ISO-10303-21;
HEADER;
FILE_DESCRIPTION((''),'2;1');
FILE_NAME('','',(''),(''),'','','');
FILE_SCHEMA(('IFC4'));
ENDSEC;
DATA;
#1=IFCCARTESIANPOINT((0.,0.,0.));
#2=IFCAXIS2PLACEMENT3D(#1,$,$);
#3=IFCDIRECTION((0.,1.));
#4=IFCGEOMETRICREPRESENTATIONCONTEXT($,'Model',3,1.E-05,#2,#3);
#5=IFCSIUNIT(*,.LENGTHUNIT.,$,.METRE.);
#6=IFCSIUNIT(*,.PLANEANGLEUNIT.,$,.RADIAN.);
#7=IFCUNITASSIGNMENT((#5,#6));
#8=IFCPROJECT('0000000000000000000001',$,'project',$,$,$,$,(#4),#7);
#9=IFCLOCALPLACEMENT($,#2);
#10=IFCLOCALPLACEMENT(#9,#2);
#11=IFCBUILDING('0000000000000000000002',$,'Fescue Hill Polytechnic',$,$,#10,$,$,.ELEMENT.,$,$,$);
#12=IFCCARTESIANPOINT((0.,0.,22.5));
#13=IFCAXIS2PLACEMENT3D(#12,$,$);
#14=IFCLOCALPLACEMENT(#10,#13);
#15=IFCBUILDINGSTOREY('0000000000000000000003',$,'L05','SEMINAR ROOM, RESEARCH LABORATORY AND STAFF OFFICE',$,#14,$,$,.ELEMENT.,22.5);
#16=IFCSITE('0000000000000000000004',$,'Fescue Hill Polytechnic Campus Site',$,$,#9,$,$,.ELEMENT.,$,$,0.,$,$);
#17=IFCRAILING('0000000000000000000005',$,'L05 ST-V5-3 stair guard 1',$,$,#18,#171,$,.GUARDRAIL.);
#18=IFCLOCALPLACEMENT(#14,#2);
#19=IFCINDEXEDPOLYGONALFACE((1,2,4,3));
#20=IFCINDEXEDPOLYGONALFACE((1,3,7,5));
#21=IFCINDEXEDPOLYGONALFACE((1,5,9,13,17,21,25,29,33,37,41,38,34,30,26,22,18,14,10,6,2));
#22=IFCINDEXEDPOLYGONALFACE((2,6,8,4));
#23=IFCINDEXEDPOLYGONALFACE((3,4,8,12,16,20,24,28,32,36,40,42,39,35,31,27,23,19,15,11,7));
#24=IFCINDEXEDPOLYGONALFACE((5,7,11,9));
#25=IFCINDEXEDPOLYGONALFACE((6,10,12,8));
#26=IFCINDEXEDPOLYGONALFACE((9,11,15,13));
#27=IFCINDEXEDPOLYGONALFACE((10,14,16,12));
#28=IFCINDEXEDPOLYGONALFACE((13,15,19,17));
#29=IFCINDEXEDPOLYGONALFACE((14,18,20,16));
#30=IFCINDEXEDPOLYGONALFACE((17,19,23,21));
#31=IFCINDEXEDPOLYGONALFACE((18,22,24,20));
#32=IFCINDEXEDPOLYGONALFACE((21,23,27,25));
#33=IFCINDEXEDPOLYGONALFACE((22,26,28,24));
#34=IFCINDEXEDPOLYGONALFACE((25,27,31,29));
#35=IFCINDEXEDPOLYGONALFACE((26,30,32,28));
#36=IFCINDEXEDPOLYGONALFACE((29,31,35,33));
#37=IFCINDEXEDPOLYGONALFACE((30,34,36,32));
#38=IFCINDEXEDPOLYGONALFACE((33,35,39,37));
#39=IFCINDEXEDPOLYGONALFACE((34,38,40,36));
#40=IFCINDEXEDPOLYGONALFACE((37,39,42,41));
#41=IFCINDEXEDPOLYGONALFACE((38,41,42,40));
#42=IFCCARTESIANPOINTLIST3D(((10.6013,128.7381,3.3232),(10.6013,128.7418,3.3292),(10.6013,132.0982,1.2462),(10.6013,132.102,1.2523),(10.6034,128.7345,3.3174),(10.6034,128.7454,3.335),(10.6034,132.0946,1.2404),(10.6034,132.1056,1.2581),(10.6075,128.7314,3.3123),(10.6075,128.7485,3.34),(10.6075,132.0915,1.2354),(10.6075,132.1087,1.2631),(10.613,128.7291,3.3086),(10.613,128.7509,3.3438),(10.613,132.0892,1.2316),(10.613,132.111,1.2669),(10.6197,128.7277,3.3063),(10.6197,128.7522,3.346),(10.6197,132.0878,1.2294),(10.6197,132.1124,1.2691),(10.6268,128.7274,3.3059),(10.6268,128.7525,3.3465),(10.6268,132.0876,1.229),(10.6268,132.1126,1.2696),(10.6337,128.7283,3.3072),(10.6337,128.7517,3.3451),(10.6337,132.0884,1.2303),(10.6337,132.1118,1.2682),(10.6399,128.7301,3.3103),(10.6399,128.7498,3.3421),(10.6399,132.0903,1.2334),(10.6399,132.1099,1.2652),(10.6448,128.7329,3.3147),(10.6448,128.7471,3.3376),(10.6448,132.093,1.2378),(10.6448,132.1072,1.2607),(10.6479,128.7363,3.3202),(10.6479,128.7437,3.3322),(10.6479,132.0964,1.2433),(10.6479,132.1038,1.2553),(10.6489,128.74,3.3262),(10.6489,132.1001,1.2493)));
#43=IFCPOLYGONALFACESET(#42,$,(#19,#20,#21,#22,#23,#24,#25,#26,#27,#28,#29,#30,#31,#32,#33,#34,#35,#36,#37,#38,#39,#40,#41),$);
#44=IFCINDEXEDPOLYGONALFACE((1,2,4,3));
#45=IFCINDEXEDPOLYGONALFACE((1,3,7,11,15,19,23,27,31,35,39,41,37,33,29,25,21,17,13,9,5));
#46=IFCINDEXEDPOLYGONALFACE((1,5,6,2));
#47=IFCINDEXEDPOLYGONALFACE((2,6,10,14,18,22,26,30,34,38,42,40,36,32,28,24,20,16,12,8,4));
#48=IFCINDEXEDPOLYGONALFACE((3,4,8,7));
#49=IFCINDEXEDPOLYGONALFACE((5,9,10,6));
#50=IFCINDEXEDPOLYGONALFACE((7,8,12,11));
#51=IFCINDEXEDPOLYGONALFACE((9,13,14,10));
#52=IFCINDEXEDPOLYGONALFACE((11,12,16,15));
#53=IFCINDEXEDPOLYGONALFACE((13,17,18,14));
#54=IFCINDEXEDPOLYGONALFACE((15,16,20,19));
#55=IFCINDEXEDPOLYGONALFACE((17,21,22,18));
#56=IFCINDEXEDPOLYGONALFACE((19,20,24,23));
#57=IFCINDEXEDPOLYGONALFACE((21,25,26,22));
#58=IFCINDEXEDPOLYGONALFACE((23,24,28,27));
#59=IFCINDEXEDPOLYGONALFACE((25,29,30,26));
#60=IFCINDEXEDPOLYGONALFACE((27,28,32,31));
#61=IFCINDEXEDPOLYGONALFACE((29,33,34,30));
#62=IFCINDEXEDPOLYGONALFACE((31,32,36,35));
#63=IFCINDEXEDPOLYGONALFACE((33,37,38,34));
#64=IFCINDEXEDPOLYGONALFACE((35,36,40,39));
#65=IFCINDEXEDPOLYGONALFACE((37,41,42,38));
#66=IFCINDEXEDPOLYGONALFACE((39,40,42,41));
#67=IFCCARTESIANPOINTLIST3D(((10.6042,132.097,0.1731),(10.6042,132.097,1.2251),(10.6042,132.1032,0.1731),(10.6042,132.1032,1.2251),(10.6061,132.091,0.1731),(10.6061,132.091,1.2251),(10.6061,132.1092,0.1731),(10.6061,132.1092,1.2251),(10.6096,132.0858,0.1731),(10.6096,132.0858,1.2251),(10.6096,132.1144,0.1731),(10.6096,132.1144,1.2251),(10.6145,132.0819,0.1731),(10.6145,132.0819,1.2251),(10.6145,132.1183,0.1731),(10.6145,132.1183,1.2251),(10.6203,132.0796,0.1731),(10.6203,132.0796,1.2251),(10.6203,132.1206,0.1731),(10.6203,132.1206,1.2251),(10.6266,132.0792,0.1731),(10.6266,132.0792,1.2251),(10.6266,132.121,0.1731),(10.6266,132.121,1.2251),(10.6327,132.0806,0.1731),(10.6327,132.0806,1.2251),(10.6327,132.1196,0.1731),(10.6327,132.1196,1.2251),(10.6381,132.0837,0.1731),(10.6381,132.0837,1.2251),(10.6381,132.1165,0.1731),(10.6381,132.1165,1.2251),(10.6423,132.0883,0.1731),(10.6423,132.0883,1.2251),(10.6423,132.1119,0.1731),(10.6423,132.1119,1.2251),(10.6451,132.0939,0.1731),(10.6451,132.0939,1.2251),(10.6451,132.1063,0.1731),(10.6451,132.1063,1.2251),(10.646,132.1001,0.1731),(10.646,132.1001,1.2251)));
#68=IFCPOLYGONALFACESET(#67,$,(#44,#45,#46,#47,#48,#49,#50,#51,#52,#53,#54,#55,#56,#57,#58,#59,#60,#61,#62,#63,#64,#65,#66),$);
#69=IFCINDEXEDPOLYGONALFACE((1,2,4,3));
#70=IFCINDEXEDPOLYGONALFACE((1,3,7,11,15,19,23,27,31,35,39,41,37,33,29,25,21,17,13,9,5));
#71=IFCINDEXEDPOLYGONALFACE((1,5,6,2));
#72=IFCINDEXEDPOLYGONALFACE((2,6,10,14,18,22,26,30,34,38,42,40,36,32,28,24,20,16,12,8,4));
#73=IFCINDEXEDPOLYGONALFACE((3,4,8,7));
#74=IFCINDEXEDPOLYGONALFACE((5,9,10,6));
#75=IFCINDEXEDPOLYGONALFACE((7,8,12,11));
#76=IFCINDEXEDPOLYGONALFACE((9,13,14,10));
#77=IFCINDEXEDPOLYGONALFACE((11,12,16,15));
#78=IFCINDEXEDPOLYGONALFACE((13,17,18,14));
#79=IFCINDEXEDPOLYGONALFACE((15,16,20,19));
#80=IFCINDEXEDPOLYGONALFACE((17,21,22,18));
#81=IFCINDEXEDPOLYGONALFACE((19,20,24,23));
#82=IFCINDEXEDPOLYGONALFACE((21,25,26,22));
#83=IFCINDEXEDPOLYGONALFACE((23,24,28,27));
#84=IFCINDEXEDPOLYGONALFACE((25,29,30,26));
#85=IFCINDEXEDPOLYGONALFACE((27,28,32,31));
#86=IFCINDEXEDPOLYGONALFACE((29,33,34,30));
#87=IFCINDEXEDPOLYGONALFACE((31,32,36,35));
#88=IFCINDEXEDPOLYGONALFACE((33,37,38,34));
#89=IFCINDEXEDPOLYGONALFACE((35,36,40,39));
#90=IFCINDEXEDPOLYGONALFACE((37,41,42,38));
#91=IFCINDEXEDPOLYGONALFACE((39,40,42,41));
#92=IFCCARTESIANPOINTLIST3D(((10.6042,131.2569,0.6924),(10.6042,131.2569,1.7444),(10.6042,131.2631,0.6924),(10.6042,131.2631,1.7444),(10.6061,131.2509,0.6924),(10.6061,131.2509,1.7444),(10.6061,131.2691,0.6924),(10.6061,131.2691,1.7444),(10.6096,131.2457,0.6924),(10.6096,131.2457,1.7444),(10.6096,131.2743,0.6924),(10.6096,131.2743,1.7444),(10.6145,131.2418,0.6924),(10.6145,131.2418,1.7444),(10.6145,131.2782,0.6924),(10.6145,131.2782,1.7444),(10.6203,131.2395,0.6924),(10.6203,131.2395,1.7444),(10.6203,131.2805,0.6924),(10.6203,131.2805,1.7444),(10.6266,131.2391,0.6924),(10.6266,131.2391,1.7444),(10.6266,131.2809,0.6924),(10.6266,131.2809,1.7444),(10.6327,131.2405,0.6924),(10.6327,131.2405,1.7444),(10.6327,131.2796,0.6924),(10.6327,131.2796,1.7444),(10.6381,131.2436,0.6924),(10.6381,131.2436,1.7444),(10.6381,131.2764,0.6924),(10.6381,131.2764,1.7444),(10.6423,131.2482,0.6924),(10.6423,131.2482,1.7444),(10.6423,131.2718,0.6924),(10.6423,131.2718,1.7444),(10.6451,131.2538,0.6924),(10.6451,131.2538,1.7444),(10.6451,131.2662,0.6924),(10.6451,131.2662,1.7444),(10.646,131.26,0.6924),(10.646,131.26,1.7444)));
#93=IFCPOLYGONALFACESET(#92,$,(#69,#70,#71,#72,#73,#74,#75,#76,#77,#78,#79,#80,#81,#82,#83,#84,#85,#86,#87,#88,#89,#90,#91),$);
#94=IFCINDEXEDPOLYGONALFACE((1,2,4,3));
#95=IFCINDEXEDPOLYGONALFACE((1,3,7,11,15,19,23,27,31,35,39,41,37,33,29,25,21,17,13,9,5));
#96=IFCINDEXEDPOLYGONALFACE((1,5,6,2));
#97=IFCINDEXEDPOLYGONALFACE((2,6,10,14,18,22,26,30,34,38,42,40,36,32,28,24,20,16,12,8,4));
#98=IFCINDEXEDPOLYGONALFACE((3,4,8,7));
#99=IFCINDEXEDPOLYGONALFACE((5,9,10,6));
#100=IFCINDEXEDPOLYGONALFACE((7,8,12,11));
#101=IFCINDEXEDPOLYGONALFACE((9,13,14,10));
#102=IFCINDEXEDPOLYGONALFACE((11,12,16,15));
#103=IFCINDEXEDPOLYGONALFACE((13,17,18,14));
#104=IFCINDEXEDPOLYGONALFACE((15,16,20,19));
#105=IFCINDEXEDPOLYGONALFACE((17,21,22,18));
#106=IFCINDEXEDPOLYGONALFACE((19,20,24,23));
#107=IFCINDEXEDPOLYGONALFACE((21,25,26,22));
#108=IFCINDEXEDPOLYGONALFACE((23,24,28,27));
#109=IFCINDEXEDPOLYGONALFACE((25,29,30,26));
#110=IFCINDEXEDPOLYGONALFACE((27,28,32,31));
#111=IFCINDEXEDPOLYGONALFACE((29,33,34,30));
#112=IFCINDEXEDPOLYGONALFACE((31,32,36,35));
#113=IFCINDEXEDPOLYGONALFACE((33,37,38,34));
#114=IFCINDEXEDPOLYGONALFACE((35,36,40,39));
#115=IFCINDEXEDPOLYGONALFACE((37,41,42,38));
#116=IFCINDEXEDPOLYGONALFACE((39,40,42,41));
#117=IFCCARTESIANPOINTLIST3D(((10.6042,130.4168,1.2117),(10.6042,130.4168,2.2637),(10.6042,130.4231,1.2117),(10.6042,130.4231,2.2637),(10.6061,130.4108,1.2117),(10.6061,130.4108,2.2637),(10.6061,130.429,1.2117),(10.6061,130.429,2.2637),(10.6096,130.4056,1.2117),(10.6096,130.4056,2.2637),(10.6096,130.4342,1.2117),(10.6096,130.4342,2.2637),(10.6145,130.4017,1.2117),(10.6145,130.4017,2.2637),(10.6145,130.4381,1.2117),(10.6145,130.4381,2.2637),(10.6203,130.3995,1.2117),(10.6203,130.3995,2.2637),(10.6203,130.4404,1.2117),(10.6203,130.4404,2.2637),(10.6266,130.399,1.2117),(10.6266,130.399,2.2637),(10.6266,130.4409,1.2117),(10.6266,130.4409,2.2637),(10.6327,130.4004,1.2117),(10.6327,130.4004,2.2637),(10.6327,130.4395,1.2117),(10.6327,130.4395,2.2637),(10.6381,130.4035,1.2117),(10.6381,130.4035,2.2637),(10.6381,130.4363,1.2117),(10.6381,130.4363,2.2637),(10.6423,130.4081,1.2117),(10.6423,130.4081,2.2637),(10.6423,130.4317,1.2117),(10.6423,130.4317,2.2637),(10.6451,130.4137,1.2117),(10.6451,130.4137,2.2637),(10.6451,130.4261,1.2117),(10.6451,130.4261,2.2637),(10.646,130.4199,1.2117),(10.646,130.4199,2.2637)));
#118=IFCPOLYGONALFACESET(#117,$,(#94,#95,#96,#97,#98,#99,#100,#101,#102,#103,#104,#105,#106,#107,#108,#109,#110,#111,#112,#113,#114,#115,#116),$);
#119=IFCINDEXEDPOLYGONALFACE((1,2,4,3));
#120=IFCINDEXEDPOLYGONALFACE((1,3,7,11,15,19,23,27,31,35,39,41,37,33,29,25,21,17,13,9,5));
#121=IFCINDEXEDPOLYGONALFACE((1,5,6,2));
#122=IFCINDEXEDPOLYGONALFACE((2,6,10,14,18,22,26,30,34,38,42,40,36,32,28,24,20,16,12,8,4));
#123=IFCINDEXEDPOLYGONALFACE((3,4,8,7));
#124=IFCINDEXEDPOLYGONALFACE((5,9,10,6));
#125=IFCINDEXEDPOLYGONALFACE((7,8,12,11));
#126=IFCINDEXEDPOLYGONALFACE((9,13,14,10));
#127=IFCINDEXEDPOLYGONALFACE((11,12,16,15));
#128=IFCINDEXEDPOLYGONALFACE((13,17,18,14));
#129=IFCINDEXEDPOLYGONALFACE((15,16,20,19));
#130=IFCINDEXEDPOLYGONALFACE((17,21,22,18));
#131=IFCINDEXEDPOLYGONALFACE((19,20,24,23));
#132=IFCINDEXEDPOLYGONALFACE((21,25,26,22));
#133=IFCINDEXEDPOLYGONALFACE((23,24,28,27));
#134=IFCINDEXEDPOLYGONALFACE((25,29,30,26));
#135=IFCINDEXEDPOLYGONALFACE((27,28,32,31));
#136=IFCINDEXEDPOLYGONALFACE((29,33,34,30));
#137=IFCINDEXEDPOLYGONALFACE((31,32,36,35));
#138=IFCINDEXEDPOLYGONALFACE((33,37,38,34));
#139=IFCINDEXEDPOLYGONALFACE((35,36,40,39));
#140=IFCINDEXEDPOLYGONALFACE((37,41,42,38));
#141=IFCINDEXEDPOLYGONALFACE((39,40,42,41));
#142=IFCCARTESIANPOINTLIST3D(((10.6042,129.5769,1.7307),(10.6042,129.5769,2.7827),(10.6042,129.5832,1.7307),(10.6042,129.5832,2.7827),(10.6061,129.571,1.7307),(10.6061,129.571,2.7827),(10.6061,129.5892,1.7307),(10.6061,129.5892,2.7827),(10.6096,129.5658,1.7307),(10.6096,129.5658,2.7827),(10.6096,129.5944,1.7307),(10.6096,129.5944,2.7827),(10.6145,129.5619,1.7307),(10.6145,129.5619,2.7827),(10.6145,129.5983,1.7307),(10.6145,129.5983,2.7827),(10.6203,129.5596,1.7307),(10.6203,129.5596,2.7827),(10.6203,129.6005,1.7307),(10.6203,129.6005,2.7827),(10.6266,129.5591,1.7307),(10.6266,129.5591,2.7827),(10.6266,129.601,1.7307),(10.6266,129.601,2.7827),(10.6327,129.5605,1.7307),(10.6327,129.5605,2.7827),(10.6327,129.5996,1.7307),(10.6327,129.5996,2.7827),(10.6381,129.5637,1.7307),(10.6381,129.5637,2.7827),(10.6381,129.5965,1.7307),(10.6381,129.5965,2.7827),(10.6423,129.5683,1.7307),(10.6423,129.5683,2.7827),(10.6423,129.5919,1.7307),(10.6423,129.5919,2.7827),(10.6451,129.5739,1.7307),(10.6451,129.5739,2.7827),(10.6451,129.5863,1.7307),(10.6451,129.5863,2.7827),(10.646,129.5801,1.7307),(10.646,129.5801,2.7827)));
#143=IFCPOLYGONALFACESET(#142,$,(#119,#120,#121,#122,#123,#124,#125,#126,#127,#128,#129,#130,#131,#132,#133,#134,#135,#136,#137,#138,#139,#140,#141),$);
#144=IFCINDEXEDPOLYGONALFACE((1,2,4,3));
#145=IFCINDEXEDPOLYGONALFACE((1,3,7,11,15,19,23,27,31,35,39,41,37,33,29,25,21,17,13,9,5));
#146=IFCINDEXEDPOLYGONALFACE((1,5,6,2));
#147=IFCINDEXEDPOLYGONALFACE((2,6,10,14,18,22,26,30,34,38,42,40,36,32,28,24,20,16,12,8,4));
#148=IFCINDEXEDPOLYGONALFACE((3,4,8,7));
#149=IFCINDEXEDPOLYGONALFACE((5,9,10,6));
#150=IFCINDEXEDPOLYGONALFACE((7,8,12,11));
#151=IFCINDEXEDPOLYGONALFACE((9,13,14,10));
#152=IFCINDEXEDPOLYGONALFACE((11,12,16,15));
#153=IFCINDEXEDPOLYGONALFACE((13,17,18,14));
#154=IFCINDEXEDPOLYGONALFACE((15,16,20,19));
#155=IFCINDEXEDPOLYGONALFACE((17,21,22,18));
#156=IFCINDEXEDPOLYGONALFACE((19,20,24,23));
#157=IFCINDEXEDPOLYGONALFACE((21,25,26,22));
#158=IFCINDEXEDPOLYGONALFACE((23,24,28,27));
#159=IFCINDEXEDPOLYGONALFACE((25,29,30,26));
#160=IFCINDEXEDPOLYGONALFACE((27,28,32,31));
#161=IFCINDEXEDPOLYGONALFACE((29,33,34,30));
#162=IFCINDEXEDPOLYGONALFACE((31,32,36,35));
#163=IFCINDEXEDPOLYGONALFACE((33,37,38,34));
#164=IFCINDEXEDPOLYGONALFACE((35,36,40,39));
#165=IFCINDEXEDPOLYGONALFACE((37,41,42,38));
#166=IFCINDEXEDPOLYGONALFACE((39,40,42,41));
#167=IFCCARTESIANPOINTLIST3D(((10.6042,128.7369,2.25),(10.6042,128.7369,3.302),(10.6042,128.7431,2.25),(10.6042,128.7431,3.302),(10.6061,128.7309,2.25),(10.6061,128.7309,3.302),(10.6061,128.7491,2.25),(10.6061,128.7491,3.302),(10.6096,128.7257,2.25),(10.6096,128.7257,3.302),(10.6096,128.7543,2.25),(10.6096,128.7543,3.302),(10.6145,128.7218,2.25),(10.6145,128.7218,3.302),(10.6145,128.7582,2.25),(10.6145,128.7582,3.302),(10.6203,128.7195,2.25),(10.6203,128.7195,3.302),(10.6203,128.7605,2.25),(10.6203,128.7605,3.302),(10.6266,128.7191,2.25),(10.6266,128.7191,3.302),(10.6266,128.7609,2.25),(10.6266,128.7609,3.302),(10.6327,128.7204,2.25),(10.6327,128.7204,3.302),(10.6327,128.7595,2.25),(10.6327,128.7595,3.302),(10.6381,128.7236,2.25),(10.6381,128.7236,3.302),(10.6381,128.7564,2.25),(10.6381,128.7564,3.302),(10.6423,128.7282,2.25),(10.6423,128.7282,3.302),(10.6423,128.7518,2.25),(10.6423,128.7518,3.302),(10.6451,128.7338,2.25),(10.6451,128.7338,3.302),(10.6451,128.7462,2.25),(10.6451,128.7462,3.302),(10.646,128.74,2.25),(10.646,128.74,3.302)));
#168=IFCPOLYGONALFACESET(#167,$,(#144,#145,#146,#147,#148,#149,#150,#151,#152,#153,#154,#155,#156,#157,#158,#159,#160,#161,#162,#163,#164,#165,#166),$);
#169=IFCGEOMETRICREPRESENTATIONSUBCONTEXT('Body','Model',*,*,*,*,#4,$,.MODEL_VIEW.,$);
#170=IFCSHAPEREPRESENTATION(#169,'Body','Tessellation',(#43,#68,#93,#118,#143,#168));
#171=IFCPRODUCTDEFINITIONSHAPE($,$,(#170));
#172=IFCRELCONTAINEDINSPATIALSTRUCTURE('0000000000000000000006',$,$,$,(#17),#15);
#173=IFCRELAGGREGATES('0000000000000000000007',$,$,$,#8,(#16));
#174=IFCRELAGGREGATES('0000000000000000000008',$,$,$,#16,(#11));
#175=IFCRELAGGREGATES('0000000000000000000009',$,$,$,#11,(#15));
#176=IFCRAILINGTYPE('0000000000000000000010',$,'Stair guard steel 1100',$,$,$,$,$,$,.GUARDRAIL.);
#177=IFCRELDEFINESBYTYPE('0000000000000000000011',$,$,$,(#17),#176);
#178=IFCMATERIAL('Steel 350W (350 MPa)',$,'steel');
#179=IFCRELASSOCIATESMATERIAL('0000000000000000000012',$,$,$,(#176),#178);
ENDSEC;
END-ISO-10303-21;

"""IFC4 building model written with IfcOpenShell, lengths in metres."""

from ifc_helpers import new_model, si_unit, direction, frame, origin, origin_2d, place, context, subcontext, project, spatial, circle, extrude, material, type_object, element, save


model = new_model("IFC4")

# Units and contexts
model_context = context("Model", 3, precision=1e-05, world=origin(), true_north=direction((0.0, 1.0)))
body_context = subcontext(model_context, "Body", "Model", "MODEL_VIEW")
ifc_project = project(units=[si_unit("LENGTHUNIT", "METRE"), si_unit("PLANEANGLEUNIT", "RADIAN")], contexts=[model_context])

# Site, building, storey
site_placement = place(None, origin())
site = spatial("IfcSite", under=ifc_project, at=site_placement, Name="Fescue Hill Polytechnic Campus Site", CompositionType="ELEMENT", RefElevation=0.0)
building_placement = place(site_placement, origin())
building = spatial("IfcBuilding", under=site, at=building_placement, Name="Fescue Hill Polytechnic", CompositionType="ELEMENT")
storey_placement = place(building_placement, frame((0.0, 0.0, 22.5)))
storey = spatial("IfcBuildingStorey", under=building, at=storey_placement, Name="L05", Description="SEMINAR ROOM, RESEARCH LABORATORY AND STAFF OFFICE", CompositionType="ELEMENT", Elevation=22.5)

# Railing
ifc_material_1 = material(Name="Steel 350W (350 MPa)", Category="steel")
railing_type_1 = type_object("IfcRailingType", Name="Stair guard steel 1100", PredefinedType="GUARDRAIL", material=ifc_material_1)
railing_placement = place(storey_placement, frame((10.625, 132.1001, 0.1731)))
element("IfcRailing", 1, at=railing_placement, inside=storey, type_object=railing_type_1, Name="L05 ST-V5-3 stair guard 1", PredefinedType="GUARDRAIL", context=body_context, shape_type="SweptSolid", body=[
    extrude(circle(Radius=0.0239, at=origin_2d()), frame((0.0, 0.0, 1.0762), z_axis=(0.0, -0.850623, 0.525776), x_axis=(1.0, 0.0, 0.0)), (0.0, 0.0, 1.0), 3.9502),
    extrude(circle(Radius=0.021, at=origin_2d()), origin(), (0.0, 0.0, 1.0), 1.052),
    extrude(circle(Radius=0.021, at=origin_2d()), frame((0.0, -0.8401, 0.5193)), (0.0, 0.0, 1.0), 1.052),
    extrude(circle(Radius=0.021, at=origin_2d()), frame((0.0, -1.6802, 1.0386)), (0.0, 0.0, 1.0), 1.052),
    extrude(circle(Radius=0.021, at=origin_2d()), frame((0.0, -2.52, 1.5576)), (0.0, 0.0, 1.0), 1.052),
    extrude(circle(Radius=0.021, at=origin_2d()), frame((0.0, -3.3601, 2.0769)), (0.0, 0.0, 1.0), 1.052),
])

save(model, "model.ifc")
